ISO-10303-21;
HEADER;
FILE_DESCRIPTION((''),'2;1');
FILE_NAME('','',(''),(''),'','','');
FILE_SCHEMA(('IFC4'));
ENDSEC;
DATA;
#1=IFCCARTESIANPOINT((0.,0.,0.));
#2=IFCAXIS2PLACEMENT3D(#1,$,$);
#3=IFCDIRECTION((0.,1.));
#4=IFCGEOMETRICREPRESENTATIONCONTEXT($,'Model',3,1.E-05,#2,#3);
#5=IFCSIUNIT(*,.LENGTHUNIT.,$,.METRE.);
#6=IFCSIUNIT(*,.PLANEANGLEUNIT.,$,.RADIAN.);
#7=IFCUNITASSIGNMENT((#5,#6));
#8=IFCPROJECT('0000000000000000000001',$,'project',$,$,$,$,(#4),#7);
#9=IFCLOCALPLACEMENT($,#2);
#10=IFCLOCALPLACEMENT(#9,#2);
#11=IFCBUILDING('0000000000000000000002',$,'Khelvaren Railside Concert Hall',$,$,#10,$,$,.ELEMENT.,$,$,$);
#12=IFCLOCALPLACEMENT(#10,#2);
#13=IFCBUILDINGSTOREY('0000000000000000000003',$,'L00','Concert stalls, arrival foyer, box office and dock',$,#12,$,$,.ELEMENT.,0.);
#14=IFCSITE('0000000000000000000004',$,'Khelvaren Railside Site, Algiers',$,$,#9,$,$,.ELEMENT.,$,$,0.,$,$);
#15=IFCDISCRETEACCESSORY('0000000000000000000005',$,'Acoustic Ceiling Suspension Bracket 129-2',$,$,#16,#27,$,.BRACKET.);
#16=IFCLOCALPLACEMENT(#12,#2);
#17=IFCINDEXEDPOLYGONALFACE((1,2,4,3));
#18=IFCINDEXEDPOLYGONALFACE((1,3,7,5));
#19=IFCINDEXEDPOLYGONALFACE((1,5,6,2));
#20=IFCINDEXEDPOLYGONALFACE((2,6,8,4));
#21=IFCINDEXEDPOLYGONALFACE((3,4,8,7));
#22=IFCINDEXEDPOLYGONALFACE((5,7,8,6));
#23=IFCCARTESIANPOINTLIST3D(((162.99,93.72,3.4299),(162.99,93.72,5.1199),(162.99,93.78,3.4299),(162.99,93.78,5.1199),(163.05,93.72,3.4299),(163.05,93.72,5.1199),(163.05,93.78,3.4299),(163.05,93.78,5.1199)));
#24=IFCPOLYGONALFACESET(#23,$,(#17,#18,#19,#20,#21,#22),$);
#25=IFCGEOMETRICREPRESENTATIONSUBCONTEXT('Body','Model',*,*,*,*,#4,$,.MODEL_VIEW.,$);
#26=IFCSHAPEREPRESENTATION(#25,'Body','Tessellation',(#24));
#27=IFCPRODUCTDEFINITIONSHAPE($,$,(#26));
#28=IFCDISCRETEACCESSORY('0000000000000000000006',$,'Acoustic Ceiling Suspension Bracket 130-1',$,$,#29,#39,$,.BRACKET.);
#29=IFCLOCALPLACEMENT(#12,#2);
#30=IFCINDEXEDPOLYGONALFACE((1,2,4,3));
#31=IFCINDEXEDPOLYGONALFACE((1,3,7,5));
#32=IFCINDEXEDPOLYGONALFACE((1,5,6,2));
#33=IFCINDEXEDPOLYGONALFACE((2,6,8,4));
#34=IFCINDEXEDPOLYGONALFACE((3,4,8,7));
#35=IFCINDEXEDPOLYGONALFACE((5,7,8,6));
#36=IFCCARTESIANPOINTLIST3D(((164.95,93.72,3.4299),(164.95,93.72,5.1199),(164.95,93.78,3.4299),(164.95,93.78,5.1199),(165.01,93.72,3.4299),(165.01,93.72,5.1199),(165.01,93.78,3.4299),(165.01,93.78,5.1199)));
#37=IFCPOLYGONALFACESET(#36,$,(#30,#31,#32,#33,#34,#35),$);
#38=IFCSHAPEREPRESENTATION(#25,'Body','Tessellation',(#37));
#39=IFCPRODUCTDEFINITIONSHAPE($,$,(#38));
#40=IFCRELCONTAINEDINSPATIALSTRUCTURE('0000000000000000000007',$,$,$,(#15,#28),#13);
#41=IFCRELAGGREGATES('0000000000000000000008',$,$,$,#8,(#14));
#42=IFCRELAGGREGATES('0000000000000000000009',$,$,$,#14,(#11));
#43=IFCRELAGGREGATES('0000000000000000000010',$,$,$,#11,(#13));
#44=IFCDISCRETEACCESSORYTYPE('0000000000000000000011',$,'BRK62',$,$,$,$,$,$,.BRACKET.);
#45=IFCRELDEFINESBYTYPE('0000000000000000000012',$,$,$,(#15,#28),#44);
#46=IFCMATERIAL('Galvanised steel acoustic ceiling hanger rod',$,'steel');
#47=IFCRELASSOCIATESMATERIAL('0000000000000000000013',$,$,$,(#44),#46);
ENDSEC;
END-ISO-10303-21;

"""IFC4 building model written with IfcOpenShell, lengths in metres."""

from ifc_helpers import new_model, si_unit, direction, frame, origin, origin_2d, place, context, subcontext, project, spatial, rectangle, extrude, material, type_object, element, save


model = new_model("IFC4")

# Units and contexts
model_context = context("Model", 3, precision=1e-05, world=origin(), true_north=direction((0.0, 1.0)))
body_context = subcontext(model_context, "Body", "Model", "MODEL_VIEW")
ifc_project = project(units=[si_unit("LENGTHUNIT", "METRE"), si_unit("PLANEANGLEUNIT", "RADIAN")], contexts=[model_context])

# Site, building, storey
site_placement = place(None, origin())
site = spatial("IfcSite", under=ifc_project, at=site_placement, Name="Khelvaren Railside Site, Algiers", CompositionType="ELEMENT", RefElevation=0.0)
building_placement = place(site_placement, origin())
building = spatial("IfcBuilding", under=site, at=building_placement, Name="Khelvaren Railside Concert Hall", CompositionType="ELEMENT")
storey_placement = place(building_placement, origin())
storey = spatial("IfcBuildingStorey", under=building, at=storey_placement, Name="L00", Description="Concert stalls, arrival foyer, box office and dock", CompositionType="ELEMENT", Elevation=0.0)

# Discrete accessories
ifc_material_1 = material(Name="Galvanised steel acoustic ceiling hanger rod", Category="steel")
discrete_accessory_type = type_object("IfcDiscreteAccessoryType", Name="BRK62", PredefinedType="BRACKET", material=ifc_material_1)
for number, where, z_axis, x_axis, name in (
    (1, (163.02, 93.75, 3.4299), (0.0, 0.0, 1.0), (1.0, 0.0, 0.0), "Acoustic Ceiling Suspension Bracket 129-2"),
    (2, (164.98, 93.75, 3.4299), (0.0, 0.0, 1.0), (1.0, 0.0, 0.0), "Acoustic Ceiling Suspension Bracket 130-1"),
):
    element("IfcDiscreteAccessory", number, at=place(storey_placement, frame(where, z_axis=z_axis, x_axis=x_axis)), inside=storey, type_object=discrete_accessory_type, Name=name, PredefinedType="BRACKET", context=body_context, shape_type="SweptSolid", body=[
        extrude(rectangle(XDim=0.0601, YDim=0.0601, at=origin_2d()), origin(), (0.0, 0.0, 1.0), 1.6899),
    ])

save(model, "model.ifc")
